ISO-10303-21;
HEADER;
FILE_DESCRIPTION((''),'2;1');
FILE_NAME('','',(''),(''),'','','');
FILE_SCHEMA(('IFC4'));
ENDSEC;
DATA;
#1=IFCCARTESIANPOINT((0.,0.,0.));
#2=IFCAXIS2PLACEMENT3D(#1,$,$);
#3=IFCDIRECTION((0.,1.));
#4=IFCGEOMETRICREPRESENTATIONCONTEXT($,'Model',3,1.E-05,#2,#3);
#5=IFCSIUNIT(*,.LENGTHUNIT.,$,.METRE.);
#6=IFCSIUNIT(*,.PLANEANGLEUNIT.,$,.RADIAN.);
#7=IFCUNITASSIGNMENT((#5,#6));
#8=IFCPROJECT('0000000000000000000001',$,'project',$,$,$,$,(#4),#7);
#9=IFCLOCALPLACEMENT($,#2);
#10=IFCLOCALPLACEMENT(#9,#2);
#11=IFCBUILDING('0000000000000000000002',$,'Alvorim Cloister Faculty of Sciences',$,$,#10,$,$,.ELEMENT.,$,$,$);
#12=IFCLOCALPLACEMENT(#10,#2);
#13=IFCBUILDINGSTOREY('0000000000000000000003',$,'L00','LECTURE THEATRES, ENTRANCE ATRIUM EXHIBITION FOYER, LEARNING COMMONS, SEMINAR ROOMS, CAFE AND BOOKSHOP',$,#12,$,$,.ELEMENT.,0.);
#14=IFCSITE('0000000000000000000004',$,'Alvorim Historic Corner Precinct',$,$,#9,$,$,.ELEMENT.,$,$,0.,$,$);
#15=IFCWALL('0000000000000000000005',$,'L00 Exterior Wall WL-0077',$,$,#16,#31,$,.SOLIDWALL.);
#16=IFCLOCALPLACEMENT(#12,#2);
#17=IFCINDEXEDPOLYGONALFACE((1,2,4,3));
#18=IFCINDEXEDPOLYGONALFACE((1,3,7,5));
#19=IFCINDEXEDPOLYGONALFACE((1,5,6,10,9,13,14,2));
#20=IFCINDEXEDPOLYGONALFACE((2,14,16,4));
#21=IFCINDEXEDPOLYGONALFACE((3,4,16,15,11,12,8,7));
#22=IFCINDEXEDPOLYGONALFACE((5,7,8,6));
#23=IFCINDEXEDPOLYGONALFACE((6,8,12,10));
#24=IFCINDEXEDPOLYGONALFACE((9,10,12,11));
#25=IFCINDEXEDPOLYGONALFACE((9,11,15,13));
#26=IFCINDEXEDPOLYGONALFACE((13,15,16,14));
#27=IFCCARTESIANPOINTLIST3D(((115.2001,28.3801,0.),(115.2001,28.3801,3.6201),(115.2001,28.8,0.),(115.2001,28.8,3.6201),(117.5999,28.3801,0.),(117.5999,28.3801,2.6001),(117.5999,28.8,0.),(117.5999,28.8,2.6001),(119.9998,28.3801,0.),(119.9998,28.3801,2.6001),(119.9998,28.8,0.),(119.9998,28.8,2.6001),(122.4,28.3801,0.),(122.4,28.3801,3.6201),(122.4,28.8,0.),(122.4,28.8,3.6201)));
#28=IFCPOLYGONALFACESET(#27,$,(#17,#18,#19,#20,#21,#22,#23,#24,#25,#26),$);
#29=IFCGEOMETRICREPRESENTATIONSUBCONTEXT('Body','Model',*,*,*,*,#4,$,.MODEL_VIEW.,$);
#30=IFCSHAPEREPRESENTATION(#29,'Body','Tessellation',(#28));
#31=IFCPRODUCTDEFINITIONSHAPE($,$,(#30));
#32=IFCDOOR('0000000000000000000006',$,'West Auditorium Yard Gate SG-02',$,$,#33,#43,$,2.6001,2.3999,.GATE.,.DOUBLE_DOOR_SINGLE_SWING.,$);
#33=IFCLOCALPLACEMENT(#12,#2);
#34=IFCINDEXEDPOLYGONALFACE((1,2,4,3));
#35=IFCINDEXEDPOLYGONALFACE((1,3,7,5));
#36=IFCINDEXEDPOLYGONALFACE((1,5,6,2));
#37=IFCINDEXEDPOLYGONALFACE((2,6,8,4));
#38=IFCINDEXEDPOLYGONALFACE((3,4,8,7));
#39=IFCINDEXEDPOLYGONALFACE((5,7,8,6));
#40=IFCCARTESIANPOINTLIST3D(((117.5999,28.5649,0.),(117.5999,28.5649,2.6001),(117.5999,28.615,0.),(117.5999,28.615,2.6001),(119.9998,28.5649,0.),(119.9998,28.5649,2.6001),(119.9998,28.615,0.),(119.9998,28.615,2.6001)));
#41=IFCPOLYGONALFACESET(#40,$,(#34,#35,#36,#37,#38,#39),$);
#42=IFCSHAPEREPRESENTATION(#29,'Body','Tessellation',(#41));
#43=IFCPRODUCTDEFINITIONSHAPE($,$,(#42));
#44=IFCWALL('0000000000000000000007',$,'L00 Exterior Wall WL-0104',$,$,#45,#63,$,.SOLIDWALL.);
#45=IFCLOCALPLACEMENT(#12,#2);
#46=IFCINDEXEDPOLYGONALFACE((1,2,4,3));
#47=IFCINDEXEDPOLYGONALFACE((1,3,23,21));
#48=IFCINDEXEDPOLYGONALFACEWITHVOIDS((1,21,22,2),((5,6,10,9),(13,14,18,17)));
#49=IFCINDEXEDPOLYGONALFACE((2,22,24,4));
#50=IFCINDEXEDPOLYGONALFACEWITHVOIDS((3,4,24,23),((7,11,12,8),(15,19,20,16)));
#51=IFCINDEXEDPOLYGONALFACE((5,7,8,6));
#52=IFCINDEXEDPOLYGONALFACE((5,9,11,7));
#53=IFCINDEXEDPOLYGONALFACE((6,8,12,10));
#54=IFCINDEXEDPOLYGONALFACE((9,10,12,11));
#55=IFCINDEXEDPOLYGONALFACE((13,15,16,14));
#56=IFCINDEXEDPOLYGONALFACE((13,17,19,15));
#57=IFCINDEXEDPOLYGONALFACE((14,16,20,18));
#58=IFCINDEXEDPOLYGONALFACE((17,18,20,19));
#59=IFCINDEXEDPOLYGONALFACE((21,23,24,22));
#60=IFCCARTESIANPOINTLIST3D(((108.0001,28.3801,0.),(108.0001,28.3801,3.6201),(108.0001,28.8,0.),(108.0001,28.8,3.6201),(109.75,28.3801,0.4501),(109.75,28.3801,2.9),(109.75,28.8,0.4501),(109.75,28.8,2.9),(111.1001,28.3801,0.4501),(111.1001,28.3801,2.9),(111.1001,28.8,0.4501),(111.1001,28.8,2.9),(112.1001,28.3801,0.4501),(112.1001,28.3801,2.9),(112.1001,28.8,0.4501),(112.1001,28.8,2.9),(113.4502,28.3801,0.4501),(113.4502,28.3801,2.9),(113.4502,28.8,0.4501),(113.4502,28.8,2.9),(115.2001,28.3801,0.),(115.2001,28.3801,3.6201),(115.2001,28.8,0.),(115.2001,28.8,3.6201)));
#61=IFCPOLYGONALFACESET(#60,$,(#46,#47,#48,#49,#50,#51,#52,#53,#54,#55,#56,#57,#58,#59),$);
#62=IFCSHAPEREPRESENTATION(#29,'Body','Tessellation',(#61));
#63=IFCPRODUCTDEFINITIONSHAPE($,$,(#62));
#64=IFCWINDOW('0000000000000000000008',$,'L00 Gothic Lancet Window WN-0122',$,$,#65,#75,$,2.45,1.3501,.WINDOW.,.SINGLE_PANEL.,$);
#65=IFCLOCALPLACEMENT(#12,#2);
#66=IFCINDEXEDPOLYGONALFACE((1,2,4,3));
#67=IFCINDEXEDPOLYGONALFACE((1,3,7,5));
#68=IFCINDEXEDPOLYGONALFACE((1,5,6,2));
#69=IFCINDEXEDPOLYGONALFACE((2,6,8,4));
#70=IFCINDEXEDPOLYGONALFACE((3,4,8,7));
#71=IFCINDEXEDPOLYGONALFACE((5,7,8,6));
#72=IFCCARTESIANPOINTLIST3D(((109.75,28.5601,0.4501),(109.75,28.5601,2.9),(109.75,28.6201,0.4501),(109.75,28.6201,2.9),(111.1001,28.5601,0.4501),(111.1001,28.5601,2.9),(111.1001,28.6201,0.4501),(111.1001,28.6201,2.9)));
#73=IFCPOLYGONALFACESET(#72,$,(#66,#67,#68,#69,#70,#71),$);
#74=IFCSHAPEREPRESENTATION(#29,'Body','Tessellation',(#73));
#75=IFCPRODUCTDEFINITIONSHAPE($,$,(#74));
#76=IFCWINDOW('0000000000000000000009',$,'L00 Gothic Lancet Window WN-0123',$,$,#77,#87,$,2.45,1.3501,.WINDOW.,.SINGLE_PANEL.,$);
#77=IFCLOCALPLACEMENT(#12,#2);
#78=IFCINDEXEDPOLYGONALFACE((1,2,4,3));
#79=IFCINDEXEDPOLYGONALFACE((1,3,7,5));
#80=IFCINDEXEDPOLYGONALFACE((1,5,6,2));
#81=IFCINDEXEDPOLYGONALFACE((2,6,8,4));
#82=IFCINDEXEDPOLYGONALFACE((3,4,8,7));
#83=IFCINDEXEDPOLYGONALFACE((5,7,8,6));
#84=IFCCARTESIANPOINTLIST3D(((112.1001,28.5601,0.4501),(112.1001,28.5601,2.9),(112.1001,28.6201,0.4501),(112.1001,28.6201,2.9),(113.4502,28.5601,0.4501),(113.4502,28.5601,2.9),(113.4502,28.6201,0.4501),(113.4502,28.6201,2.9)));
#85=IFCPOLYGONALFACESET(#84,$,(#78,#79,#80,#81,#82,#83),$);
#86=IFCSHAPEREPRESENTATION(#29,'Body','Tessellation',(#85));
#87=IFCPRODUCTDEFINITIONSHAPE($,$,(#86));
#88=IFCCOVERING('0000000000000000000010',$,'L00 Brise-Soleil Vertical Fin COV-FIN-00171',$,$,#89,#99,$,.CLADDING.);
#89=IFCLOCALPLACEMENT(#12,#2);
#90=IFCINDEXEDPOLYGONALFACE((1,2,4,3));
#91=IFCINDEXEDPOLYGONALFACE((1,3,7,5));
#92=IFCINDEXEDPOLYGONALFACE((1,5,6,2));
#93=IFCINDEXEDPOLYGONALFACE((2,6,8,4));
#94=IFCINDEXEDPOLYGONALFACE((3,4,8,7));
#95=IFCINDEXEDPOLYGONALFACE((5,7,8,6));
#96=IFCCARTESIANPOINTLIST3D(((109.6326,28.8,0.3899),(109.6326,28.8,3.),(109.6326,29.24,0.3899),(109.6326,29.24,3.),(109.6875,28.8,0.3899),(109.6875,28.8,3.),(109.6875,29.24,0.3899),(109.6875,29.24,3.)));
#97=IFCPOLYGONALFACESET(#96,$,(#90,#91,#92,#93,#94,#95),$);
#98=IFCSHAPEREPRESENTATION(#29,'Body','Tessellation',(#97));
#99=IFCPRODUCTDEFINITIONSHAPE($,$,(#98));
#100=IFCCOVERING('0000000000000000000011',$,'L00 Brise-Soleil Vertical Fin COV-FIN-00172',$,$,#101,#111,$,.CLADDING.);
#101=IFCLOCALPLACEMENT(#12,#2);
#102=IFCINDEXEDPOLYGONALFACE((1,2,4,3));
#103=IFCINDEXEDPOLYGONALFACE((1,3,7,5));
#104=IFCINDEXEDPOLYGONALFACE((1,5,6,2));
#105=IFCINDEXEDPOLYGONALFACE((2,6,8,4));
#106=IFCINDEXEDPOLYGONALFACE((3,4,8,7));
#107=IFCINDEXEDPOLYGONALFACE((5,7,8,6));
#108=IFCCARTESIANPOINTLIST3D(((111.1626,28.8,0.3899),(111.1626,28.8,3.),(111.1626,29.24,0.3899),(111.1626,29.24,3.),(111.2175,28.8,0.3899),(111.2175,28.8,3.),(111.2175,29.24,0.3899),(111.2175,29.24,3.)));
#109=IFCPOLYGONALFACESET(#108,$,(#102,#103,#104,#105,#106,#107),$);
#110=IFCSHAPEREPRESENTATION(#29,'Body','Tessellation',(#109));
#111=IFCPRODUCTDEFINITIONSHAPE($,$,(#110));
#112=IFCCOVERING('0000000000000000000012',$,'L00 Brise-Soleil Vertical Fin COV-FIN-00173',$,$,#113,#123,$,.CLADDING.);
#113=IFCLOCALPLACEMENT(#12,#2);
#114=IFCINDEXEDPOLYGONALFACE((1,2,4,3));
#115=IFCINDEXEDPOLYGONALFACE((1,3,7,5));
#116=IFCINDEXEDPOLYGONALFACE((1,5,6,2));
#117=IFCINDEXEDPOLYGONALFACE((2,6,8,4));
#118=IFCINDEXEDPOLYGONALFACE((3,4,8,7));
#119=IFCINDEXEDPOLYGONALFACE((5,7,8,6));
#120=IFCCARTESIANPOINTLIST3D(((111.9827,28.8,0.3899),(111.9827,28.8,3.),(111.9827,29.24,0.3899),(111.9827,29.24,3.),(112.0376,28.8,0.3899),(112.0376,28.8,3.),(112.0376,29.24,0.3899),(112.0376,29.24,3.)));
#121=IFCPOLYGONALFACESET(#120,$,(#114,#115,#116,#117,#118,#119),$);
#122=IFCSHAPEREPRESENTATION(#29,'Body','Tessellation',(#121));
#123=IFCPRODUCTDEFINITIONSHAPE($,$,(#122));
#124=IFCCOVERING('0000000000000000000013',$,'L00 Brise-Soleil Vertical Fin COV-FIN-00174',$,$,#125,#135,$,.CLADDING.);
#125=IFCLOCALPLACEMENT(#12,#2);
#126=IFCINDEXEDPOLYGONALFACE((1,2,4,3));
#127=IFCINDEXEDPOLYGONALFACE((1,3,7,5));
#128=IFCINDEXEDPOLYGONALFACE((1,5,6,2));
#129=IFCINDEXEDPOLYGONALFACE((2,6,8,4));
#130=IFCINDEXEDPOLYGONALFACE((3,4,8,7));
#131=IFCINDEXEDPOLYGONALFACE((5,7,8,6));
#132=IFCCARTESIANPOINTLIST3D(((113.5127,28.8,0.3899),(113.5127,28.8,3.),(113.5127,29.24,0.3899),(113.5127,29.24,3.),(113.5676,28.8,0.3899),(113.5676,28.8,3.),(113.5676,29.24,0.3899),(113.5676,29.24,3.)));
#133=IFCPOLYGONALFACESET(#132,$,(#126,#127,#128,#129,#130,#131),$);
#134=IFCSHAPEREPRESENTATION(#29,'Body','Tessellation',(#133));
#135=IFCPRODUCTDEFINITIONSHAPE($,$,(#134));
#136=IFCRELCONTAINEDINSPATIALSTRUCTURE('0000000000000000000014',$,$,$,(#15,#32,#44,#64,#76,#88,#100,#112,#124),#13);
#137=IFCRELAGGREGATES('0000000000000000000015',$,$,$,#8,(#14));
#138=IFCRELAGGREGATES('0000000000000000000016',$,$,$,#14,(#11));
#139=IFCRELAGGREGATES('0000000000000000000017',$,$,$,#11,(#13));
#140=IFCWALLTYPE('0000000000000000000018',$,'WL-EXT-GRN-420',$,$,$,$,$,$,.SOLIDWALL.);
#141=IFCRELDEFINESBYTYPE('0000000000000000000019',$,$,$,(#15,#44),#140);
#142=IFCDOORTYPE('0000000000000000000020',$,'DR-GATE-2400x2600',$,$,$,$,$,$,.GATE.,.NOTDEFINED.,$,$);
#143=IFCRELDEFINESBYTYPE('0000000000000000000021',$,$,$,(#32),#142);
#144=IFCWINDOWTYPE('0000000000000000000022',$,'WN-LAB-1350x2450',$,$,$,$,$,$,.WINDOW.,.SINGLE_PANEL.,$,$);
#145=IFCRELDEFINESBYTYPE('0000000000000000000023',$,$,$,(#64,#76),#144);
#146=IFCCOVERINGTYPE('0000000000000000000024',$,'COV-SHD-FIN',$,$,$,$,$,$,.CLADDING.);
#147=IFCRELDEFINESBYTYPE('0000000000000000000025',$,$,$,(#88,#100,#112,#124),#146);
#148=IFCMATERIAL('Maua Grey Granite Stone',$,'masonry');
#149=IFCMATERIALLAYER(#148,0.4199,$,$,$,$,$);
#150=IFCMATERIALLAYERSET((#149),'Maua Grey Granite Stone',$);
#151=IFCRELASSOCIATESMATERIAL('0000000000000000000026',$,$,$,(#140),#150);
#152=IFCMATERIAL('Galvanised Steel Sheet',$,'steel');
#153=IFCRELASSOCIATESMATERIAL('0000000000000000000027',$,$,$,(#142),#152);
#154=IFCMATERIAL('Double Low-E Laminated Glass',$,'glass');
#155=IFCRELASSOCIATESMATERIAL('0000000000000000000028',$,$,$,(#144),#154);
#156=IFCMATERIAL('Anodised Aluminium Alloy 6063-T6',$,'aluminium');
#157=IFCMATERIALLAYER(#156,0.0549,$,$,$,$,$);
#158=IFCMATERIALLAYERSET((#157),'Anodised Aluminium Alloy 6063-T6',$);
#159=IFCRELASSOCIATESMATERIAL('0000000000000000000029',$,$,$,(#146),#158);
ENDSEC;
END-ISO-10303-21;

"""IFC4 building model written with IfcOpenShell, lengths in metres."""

from ifc_helpers import new_model, si_unit, direction, frame, frame_2d, origin, place, context, subcontext, project, spatial, polyline, rectangle, outline, extrude, material, layer, layer_set, type_object, element, fill, save


model = new_model("IFC4")

# Units and contexts
model_context = context("Model", 3, precision=1e-05, world=origin(), true_north=direction((0.0, 1.0)))
body_context = subcontext(model_context, "Body", "Model", "MODEL_VIEW")
ifc_project = project(units=[si_unit("LENGTHUNIT", "METRE"), si_unit("PLANEANGLEUNIT", "RADIAN")], contexts=[model_context])

# Site, building, storey
site_placement = place(None, origin())
site = spatial("IfcSite", under=ifc_project, at=site_placement, Name="Alvorim Historic Corner Precinct", CompositionType="ELEMENT", RefElevation=0.0)
building_placement = place(site_placement, origin())
building = spatial("IfcBuilding", under=site, at=building_placement, Name="Alvorim Cloister Faculty of Sciences", CompositionType="ELEMENT")
storey_placement = place(building_placement, origin())
storey = spatial("IfcBuildingStorey", under=building, at=storey_placement, Name="L00", Description="LECTURE THEATRES, ENTRANCE ATRIUM EXHIBITION FOYER, LEARNING COMMONS, SEMINAR ROOMS, CAFE AND BOOKSHOP", CompositionType="ELEMENT", Elevation=0.0)

# Shared definitions
ifc_material_1 = material(Name="Maua Grey Granite Stone", Category="masonry")

# Wall, opening, door
ifc_layer_1 = layer(ifc_material_1, 0.4199)
ifc_layer_set_1 = layer_set([ifc_layer_1], Name="Maua Grey Granite Stone")
wall_type = type_object("IfcWallType", Name="WL-EXT-GRN-420", PredefinedType="SOLIDWALL", material=ifc_layer_set_1)
wall_1_placement = place(storey_placement, frame((115.2, 28.5901, 0.0), z_axis=(0.0, 0.0, 1.0), x_axis=(1.0, 0.0, 0.0)))
wall_1 = element("IfcWall", 1, at=wall_1_placement, inside=storey, type_object=wall_type, Name="L00 Exterior Wall WL-0077", PredefinedType="SOLIDWALL", context=body_context, shape_type="SweptSolid", body=[
    extrude(rectangle(XDim=7.2, YDim=0.4199, at=frame_2d((3.6001, 0.0))), origin(), (0.0, 0.0, 1.0), 3.6201),
])
opening_1_placement = place(wall_1_placement, frame((2.3999, 0.0, 0.0)))
opening_1 = element("IfcOpeningElement", 2, at=opening_1_placement, cuts=wall_1, PredefinedType="OPENING", context=body_context, shape_type="SweptSolid", body=[
    extrude(rectangle(XDim=2.3999, YDim=2.6001, at=frame_2d((1.2, 1.3))), frame((0.0, 0.2219, 0.0), z_axis=(0.0, -1.0, 0.0), x_axis=(1.0, 0.0, 0.0)), (0.0, 0.0, 1.0), 0.4438),
])
ifc_material_2 = material(Name="Galvanised Steel Sheet", Category="steel")
door_type = type_object("IfcDoorType", Name="DR-GATE-2400x2600", OperationType="NOTDEFINED", PredefinedType="GATE", material=ifc_material_2)
door_placement = place(opening_1_placement, origin())
door = element("IfcDoor", 3, at=door_placement, inside=storey, type_object=door_type, Name="West Auditorium Yard Gate SG-02", OperationType="DOUBLE_DOOR_SINGLE_SWING", OverallHeight=2.6001, OverallWidth=2.3999, PredefinedType="GATE", context=body_context, shape_type="SweptSolid", body=[
    extrude(rectangle(XDim=2.3999, YDim=2.6001, at=frame_2d((1.2, 1.3))), frame((0.0, 0.0249, 0.0), z_axis=(0.0, -1.0, 0.0), x_axis=(1.0, 0.0, 0.0)), (0.0, 0.0, 1.0), 0.05),
])
fill(opening_1, door)

# Wall, openings, windows
wall_2_placement = place(storey_placement, frame((108.0, 28.5901, 0.0), z_axis=(0.0, 0.0, 1.0), x_axis=(1.0, 0.0, 0.0)))
wall_2 = element("IfcWall", 4, at=wall_2_placement, inside=storey, type_object=wall_type, Name="L00 Exterior Wall WL-0104", PredefinedType="SOLIDWALL", context=body_context, shape_type="SweptSolid", body=[
    extrude(rectangle(XDim=7.2, YDim=0.4199, at=frame_2d((3.6001, 0.0))), origin(), (0.0, 0.0, 1.0), 3.6201),
])
opening_2_placement = place(wall_2_placement, frame((1.75, 0.0, 0.45)))
opening_2 = element("IfcOpeningElement", 5, at=opening_2_placement, cuts=wall_2, PredefinedType="OPENING", context=body_context, shape_type="SweptSolid", body=[
    extrude(rectangle(XDim=1.3501, YDim=2.45, at=frame_2d((0.675, 1.2251))), frame((0.0, 0.2219, 0.0), z_axis=(0.0, -1.0, 0.0), x_axis=(1.0, 0.0, 0.0)), (0.0, 0.0, 1.0), 0.4438),
])
opening_3_placement = place(wall_2_placement, frame((4.1001, 0.0, 0.45)))
opening_3 = element("IfcOpeningElement", 6, at=opening_3_placement, cuts=wall_2, PredefinedType="OPENING", context=body_context, shape_type="SweptSolid", body=[
    extrude(rectangle(XDim=1.3501, YDim=2.45, at=frame_2d((0.675, 1.2251))), frame((0.0, 0.2219, 0.0), z_axis=(0.0, -1.0, 0.0), x_axis=(1.0, 0.0, 0.0)), (0.0, 0.0, 1.0), 0.4438),
])
ifc_material_3 = material(Name="Double Low-E Laminated Glass", Category="glass")
window_type = type_object("IfcWindowType", Name="WN-LAB-1350x2450", PartitioningType="SINGLE_PANEL", PredefinedType="WINDOW", material=ifc_material_3)
window_1_placement = place(opening_2_placement, origin())
window_1 = element("IfcWindow", 7, at=window_1_placement, inside=storey, type_object=window_type, Name="L00 Gothic Lancet Window WN-0122", OverallHeight=2.45, OverallWidth=1.3501, PartitioningType="SINGLE_PANEL", PredefinedType="WINDOW", context=body_context, shape_type="SweptSolid", body=[
    extrude(rectangle(XDim=1.3501, YDim=2.45, at=frame_2d((0.675, 1.2251))), frame((0.0, 0.03, 0.0), z_axis=(0.0, -1.0, 0.0), x_axis=(1.0, 0.0, 0.0)), (0.0, 0.0, 1.0), 0.0601),
])
fill(opening_2, window_1)
window_2_placement = place(opening_3_placement, origin())
window_2 = element("IfcWindow", 8, at=window_2_placement, inside=storey, type_object=window_type, Name="L00 Gothic Lancet Window WN-0123", OverallHeight=2.45, OverallWidth=1.3501, PartitioningType="SINGLE_PANEL", PredefinedType="WINDOW", context=body_context, shape_type="SweptSolid", body=[
    extrude(rectangle(XDim=1.3501, YDim=2.45, at=frame_2d((0.675, 1.2251))), frame((0.0, 0.03, 0.0), z_axis=(0.0, -1.0, 0.0), x_axis=(1.0, 0.0, 0.0)), (0.0, 0.0, 1.0), 0.0601),
])
fill(opening_3, window_2)

# Coverings
ifc_material_4 = material(Name="Anodised Aluminium Alloy 6063-T6", Category="aluminium")
ifc_layer_2 = layer(ifc_material_4, 0.0549)
ifc_layer_set_2 = layer_set([ifc_layer_2], Name="Anodised Aluminium Alloy 6063-T6")
covering_type = type_object("IfcCoveringType", Name="COV-SHD-FIN", PredefinedType="CLADDING", material=ifc_layer_set_2)
for number, where, z_axis, x_axis, name in (
    (9, (109.6599, 28.8, 0.3899), (0.0, 0.0, 1.0), (0.0, 1.0, 0.0), "L00 Brise-Soleil Vertical Fin COV-FIN-00171"),
    (10, (111.1899, 28.8, 0.3899), (0.0, 0.0, 1.0), (0.0, 1.0, 0.0), "L00 Brise-Soleil Vertical Fin COV-FIN-00172"),
    (11, (112.01, 28.8, 0.3899), (0.0, 0.0, 1.0), (0.0, 1.0, 0.0), "L00 Brise-Soleil Vertical Fin COV-FIN-00173"),
    (12, (113.54, 28.8, 0.3899), (0.0, 0.0, 1.0), (0.0, 1.0, 0.0), "L00 Brise-Soleil Vertical Fin COV-FIN-00174"),
):
    element("IfcCovering", number, at=place(storey_placement, frame(where, z_axis=z_axis, x_axis=x_axis)), inside=storey, type_object=covering_type, Name=name, PredefinedType="CLADDING", context=body_context, shape_type="SweptSolid", body=[
        extrude(outline(polyline([(0.0, 0.0), (0.4399, 0.0), (0.4399, 2.6101), (0.0, 2.6101), (0.0, 0.0)])), frame((0.0, 0.0273, 0.0), z_axis=(0.0, -1.0, 0.0), x_axis=(1.0, 0.0, 0.0)), (0.0, 0.0, 1.0), 0.0549),
    ])

save(model, "model.ifc")
